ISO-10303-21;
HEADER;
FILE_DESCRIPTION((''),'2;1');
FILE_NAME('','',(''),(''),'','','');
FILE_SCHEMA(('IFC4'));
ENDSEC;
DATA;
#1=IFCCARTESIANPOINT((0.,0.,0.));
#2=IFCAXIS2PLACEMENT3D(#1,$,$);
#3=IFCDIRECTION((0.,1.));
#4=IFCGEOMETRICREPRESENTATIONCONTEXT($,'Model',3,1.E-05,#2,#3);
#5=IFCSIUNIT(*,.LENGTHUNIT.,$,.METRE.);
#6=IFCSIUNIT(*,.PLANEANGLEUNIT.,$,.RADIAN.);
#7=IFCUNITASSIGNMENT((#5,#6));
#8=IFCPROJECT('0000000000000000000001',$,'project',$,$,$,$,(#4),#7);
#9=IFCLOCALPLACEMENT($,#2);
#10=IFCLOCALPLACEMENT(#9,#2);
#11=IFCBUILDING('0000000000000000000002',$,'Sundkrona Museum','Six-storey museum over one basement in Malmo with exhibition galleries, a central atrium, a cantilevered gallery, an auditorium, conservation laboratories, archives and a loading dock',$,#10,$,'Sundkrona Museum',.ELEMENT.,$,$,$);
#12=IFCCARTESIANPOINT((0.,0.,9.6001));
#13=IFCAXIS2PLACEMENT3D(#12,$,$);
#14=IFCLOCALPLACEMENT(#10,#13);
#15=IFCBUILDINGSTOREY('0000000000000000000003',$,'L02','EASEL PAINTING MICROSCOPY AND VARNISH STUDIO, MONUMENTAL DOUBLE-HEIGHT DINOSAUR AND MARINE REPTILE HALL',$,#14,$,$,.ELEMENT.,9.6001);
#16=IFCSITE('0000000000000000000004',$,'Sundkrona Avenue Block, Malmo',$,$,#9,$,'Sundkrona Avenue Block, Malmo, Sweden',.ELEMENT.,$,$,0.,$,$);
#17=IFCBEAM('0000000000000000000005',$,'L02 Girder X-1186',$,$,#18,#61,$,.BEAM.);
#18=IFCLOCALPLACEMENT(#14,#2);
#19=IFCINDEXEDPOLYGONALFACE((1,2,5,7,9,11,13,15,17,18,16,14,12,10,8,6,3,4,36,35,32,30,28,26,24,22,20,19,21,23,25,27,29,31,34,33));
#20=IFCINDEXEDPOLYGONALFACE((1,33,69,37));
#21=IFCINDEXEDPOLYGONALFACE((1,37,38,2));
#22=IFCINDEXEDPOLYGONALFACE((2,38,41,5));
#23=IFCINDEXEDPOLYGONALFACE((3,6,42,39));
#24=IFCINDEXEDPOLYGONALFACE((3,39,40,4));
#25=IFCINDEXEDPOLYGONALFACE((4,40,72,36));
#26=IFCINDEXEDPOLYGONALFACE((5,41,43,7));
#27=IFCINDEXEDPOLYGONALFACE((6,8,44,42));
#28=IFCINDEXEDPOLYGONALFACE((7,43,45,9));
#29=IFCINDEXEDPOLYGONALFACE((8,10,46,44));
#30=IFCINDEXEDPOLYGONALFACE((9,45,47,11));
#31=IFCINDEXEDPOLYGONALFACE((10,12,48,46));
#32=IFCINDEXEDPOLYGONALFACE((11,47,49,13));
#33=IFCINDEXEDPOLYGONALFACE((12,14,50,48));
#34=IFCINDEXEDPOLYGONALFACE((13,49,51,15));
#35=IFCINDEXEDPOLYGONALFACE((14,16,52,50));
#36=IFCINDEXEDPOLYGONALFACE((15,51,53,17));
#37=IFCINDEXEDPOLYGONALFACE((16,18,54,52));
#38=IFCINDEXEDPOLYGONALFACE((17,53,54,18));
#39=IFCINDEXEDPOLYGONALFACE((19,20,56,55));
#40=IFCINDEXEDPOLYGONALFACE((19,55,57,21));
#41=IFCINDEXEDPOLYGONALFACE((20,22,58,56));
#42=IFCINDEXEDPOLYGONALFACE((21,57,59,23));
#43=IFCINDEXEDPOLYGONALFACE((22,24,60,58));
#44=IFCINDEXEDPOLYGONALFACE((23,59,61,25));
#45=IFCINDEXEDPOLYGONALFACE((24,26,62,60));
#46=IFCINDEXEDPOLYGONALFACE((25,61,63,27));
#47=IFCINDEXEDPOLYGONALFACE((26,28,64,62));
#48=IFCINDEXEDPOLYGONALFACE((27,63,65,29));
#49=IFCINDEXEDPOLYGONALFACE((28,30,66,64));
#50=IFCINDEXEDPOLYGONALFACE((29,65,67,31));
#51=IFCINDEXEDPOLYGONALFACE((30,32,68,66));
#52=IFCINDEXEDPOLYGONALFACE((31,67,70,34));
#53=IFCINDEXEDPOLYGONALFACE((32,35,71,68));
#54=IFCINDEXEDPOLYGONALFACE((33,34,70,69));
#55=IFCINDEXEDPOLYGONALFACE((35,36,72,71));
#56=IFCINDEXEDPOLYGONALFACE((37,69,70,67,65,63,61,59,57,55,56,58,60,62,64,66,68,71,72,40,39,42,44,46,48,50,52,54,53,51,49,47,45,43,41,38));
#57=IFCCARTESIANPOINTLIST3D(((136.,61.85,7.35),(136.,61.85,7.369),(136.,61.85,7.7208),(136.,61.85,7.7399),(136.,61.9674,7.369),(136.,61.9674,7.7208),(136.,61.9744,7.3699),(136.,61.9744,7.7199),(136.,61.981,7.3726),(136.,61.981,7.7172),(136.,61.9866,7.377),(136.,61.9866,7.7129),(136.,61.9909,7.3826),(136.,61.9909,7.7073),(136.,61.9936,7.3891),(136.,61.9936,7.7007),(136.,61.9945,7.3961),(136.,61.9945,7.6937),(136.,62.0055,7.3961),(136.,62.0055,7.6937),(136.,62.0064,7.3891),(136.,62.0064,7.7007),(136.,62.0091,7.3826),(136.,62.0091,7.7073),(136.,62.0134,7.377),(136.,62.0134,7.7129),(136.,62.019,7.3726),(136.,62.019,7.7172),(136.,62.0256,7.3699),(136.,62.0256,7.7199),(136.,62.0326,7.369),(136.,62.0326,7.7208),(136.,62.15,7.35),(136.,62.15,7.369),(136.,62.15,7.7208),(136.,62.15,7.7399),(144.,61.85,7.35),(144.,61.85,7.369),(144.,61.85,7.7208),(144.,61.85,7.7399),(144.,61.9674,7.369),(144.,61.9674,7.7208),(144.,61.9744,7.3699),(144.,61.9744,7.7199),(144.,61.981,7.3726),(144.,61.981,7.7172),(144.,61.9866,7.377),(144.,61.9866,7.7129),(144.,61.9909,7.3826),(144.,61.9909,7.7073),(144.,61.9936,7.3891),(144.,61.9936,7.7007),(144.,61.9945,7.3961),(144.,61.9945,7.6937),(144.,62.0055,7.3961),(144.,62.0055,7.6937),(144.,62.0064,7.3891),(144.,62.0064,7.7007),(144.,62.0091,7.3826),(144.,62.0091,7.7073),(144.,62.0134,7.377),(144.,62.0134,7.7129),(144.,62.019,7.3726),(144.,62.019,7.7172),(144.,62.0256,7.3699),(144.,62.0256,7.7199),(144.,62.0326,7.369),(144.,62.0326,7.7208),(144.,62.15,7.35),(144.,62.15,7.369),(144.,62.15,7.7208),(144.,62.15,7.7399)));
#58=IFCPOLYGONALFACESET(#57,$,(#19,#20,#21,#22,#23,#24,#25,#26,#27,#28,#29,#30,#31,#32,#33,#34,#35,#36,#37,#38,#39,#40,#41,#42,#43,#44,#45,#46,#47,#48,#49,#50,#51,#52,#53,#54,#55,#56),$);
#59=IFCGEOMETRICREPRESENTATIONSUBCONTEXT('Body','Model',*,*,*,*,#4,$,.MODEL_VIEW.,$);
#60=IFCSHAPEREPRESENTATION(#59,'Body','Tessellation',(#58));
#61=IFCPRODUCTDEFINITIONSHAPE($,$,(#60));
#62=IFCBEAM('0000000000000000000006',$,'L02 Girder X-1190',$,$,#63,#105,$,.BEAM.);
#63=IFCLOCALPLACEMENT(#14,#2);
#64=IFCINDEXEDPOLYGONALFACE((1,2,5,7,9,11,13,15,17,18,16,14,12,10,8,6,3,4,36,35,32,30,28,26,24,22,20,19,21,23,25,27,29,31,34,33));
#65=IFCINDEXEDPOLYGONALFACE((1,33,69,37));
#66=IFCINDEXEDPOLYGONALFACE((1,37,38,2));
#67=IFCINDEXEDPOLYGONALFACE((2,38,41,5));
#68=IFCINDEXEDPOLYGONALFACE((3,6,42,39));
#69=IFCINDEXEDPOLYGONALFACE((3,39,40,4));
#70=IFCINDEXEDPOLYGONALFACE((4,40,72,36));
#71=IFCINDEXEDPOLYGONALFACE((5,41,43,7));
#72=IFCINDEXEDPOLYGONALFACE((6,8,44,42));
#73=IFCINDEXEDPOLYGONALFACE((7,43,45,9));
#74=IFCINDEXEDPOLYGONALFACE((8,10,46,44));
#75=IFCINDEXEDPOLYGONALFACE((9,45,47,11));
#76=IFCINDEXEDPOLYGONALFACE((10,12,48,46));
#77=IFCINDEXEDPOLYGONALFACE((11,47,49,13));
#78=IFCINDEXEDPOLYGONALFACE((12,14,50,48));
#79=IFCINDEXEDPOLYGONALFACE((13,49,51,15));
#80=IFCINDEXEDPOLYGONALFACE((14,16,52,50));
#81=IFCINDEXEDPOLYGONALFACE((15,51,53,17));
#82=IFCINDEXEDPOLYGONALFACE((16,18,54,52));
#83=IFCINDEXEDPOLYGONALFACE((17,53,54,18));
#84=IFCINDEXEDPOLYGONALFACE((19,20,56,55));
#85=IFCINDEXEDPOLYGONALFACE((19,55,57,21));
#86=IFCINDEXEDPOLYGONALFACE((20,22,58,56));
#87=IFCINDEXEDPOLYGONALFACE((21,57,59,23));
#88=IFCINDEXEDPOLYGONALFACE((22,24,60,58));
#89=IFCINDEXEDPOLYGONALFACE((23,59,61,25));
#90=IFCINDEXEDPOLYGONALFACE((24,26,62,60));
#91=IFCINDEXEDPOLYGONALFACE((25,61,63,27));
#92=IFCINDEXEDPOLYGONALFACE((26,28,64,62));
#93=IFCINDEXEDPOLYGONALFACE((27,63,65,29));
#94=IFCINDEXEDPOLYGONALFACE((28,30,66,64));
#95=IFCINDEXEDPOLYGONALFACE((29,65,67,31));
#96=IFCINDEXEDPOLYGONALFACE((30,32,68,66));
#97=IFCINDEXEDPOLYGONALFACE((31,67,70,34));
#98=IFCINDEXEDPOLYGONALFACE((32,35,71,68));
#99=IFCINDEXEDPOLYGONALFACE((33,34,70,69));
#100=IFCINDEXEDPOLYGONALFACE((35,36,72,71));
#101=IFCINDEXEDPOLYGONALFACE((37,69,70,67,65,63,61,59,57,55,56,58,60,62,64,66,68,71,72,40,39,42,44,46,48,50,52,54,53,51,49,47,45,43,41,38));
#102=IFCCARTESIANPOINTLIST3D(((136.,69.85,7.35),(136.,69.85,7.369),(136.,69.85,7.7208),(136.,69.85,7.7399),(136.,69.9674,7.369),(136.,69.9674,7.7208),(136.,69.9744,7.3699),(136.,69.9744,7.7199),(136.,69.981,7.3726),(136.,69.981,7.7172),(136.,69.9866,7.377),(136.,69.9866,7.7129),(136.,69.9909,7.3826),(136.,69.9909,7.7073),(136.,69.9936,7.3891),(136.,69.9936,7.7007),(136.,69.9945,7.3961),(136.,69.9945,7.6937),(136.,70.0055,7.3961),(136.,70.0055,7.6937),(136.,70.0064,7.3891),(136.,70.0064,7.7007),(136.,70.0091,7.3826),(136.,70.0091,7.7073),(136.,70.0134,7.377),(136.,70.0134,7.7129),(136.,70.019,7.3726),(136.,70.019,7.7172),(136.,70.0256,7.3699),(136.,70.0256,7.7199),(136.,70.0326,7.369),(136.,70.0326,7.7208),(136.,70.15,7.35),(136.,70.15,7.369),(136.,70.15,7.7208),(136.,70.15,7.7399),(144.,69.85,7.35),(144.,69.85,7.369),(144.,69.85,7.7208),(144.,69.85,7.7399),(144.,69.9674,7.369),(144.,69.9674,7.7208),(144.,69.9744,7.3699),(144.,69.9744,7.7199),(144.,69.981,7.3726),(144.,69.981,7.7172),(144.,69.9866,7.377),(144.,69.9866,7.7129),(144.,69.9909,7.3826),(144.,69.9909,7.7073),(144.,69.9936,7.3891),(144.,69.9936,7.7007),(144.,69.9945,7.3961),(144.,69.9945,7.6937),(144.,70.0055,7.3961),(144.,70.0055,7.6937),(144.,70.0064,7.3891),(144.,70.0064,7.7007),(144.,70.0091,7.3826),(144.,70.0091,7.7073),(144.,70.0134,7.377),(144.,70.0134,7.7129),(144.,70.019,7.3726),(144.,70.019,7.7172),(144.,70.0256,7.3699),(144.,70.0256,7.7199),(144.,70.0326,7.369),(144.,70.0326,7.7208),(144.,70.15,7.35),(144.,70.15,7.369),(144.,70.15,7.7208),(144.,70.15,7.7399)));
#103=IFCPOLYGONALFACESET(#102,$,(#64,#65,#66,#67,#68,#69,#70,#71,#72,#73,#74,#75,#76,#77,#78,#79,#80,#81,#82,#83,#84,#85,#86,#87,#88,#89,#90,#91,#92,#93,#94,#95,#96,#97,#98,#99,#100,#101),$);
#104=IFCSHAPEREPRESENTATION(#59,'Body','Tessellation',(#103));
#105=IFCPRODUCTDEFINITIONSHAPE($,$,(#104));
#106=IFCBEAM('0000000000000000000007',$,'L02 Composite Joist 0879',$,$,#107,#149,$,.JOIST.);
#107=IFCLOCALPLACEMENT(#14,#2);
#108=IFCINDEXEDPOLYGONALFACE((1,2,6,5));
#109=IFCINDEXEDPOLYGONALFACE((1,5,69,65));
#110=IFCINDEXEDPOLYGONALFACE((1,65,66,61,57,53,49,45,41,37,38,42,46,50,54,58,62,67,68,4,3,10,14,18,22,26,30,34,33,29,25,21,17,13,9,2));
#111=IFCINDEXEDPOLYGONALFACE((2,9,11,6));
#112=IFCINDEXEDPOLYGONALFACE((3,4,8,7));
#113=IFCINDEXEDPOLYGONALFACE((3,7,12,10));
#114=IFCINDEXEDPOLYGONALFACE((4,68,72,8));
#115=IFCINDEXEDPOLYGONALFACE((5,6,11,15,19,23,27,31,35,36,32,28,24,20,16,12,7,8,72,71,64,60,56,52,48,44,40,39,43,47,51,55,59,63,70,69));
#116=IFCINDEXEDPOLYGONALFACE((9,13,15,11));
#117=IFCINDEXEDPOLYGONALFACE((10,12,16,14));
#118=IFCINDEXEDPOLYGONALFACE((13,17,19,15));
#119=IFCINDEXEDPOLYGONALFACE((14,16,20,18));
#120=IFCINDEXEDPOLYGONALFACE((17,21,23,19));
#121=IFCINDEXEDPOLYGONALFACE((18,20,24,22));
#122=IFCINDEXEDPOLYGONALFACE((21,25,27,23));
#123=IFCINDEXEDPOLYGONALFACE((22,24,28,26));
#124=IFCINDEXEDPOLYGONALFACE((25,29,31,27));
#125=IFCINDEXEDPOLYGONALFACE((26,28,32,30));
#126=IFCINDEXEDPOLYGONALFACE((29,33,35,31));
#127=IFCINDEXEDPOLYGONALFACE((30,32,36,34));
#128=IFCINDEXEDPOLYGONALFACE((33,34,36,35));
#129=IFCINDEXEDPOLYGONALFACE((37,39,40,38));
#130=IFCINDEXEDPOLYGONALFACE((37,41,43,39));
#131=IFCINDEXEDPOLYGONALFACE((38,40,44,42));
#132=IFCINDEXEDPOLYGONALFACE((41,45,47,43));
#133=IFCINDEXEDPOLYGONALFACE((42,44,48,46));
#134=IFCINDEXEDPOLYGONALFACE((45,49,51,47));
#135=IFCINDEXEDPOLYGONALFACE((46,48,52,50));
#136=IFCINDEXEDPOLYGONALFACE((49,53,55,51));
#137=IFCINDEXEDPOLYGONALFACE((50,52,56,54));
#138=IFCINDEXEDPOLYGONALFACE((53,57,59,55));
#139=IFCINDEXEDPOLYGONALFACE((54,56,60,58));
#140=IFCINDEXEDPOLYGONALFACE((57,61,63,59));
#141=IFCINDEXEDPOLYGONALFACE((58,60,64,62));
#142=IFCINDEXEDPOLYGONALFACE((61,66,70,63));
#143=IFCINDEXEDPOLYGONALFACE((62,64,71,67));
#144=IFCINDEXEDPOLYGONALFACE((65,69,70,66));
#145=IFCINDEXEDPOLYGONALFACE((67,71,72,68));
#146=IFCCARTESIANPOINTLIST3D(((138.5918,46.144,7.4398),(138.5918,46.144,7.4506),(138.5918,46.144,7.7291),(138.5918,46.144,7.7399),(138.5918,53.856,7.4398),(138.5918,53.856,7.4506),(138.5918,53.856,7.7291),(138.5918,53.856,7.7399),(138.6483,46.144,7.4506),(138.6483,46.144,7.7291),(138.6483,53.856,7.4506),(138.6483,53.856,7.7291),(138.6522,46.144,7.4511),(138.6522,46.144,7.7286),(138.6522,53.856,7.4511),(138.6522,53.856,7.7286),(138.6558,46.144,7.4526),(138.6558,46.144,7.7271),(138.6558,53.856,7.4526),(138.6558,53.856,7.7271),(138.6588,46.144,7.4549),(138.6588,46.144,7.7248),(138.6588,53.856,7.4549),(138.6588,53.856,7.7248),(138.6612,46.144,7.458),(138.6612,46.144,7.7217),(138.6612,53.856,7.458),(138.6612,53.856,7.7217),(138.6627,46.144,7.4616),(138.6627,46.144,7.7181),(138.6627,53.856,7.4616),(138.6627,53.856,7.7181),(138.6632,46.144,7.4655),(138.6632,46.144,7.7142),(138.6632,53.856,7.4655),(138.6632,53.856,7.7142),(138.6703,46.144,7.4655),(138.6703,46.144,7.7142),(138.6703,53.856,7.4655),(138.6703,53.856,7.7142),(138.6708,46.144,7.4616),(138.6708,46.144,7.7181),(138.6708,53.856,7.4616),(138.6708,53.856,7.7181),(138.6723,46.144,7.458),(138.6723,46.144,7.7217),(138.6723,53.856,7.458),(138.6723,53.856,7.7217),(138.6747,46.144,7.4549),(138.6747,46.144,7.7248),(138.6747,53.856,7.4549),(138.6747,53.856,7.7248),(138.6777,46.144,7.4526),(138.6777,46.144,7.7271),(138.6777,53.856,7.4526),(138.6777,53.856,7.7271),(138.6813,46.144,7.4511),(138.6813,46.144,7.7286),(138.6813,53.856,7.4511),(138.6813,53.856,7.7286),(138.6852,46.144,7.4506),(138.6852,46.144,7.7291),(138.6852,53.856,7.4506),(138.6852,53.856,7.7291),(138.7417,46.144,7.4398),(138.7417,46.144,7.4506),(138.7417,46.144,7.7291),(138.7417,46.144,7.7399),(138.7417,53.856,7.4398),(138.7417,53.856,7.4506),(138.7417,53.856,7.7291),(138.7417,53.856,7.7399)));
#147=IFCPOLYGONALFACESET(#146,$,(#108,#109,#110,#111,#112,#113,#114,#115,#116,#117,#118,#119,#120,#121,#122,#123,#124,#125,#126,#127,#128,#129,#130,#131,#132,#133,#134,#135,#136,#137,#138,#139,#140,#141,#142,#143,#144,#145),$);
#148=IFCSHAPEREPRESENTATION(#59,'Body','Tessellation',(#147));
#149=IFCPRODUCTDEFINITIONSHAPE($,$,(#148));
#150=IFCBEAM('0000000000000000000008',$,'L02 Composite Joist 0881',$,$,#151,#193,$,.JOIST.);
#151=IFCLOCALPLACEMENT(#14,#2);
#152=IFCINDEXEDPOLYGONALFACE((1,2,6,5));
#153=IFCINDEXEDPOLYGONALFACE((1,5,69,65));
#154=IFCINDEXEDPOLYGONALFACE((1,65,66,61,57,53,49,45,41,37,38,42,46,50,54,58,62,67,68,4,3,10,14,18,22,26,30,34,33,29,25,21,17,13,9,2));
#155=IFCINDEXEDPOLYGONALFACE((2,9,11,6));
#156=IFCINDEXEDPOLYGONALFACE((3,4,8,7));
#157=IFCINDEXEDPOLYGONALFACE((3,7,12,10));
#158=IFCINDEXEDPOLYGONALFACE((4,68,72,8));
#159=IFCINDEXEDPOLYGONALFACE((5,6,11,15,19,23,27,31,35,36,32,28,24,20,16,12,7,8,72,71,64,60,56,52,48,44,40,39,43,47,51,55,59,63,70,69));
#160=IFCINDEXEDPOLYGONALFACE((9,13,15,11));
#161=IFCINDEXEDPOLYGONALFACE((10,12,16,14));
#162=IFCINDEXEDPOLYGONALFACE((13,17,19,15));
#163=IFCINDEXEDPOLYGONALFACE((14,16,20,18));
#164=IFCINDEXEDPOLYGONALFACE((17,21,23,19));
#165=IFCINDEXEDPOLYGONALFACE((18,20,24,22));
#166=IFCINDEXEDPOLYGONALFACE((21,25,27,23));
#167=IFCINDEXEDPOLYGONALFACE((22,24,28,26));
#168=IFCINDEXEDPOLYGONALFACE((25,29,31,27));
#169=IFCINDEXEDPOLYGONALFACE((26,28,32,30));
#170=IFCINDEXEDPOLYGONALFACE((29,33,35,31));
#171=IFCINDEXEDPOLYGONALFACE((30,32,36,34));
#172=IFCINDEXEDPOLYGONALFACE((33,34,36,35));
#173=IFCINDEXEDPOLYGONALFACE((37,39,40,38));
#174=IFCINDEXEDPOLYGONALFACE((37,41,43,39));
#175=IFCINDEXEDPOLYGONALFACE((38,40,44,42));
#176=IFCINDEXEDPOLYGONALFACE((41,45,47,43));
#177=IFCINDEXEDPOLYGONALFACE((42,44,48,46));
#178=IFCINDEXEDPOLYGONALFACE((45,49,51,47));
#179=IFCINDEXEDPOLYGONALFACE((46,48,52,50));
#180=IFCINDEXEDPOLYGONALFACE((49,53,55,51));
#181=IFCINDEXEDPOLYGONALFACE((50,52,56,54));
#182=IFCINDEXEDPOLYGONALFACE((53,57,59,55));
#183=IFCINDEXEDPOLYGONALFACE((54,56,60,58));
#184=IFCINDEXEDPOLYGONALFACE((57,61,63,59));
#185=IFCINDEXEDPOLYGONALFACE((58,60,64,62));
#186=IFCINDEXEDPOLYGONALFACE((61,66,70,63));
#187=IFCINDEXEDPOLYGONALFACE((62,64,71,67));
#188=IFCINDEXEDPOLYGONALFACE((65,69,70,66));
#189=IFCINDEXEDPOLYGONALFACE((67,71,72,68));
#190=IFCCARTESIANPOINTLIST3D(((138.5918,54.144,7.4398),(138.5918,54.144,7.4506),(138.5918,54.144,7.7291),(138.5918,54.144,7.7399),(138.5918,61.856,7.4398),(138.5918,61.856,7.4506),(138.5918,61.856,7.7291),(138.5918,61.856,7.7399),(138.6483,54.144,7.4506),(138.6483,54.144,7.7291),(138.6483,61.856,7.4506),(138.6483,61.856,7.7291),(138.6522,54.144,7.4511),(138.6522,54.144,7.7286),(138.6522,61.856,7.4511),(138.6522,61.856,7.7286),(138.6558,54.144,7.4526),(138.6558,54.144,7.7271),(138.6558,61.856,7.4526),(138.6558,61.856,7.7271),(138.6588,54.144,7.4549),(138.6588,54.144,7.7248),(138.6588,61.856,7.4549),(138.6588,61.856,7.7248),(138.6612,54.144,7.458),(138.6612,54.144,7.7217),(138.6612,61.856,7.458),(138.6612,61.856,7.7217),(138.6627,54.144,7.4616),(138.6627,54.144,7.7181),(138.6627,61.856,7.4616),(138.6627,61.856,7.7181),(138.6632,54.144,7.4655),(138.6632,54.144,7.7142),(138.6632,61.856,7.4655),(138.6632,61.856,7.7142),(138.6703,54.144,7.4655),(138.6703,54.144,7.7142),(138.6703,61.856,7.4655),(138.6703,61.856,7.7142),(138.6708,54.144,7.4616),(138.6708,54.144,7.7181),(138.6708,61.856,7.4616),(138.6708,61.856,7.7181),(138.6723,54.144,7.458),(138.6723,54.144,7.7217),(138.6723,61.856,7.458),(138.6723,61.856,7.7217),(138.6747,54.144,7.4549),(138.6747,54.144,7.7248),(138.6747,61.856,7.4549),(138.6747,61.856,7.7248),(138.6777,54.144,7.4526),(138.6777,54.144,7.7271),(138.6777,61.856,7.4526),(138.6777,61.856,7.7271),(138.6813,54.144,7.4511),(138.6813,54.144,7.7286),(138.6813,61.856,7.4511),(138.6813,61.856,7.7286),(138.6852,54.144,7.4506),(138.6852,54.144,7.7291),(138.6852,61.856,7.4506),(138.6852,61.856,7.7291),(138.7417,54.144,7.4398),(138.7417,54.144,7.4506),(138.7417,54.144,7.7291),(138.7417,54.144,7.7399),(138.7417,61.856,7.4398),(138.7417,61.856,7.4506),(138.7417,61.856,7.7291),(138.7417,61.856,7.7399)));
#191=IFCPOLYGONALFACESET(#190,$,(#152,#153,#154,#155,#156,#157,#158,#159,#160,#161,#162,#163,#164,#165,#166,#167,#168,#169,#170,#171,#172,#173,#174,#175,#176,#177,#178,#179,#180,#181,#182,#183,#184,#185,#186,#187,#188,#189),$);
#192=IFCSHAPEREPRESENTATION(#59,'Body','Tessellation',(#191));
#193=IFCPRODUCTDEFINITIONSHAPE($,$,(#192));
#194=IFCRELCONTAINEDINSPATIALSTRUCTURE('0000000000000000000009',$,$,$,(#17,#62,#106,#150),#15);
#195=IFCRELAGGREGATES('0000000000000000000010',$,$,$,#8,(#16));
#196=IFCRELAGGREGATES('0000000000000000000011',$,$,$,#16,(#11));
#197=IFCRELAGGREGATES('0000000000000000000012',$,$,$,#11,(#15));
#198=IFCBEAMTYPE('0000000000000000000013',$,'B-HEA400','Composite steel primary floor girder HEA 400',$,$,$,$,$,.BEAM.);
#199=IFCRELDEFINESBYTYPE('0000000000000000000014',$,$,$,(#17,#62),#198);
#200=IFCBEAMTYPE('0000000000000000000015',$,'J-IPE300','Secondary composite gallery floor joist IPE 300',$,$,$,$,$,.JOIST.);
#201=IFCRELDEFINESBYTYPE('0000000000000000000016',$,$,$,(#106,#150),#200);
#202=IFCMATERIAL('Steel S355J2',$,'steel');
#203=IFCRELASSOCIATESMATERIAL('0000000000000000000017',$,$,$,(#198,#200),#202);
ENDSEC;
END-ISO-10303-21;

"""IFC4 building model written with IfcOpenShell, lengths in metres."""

from ifc_helpers import new_model, si_unit, direction, frame, origin, origin_2d, place, context, subcontext, project, spatial, i_section, extrude, material, material_profile, profile_set, type_object, element, save


model = new_model("IFC4")

# Units and contexts
model_context = context("Model", 3, precision=1e-05, world=origin(), true_north=direction((0.0, 1.0)))
body_context = subcontext(model_context, "Body", "Model", "MODEL_VIEW")
ifc_project = project(units=[si_unit("LENGTHUNIT", "METRE"), si_unit("PLANEANGLEUNIT", "RADIAN")], contexts=[model_context])

# Site, building, storey
site_placement = place(None, origin())
site = spatial("IfcSite", under=ifc_project, at=site_placement, Name="Sundkrona Avenue Block, Malmo", LongName="Sundkrona Avenue Block, Malmo, Sweden", CompositionType="ELEMENT", RefElevation=0.0)
building_placement = place(site_placement, origin())
building = spatial("IfcBuilding", under=site, at=building_placement, Name="Sundkrona Museum", Description="Six-storey museum over one basement in Malmo with exhibition galleries, a central atrium, a cantilevered gallery, an auditorium, conservation laboratories, archives and a loading dock", LongName="Sundkrona Museum", CompositionType="ELEMENT")
storey_placement = place(building_placement, frame((0.0, 0.0, 9.6001)))
storey = spatial("IfcBuildingStorey", under=building, at=storey_placement, Name="L02", Description="EASEL PAINTING MICROSCOPY AND VARNISH STUDIO, MONUMENTAL DOUBLE-HEIGHT DINOSAUR AND MARINE REPTILE HALL", CompositionType="ELEMENT", Elevation=9.6001)

# Shared definitions
ifc_material_1 = material(Name="Steel S355J2", Category="steel")

# Beams
ifc_material_profile_1 = material_profile(ifc_material_1, i_section(OverallWidth=0.3, OverallDepth=0.3899, WebThickness=0.011, FlangeThickness=0.019, FilletRadius=0.0271, at=origin_2d()), Name="HEA 400")
ifc_profile_set_1 = profile_set([ifc_material_profile_1], Name="Steel S355J2")
beam_type_1 = type_object("IfcBeamType", Name="B-HEA400", Description="Composite steel primary floor girder HEA 400", PredefinedType="BEAM", material=ifc_profile_set_1)
for number, where, z_axis, x_axis, name in (
    (1, (136.0, 62.0, 7.5449), (1.0, 0.0, 0.0), (0.0, 1.0, 0.0), "L02 Girder X-1186"),
    (2, (136.0, 70.0, 7.5449), (1.0, 0.0, 0.0), (0.0, 1.0, 0.0), "L02 Girder X-1190"),
):
    element("IfcBeam", number, at=place(storey_placement, frame(where, z_axis=z_axis, x_axis=x_axis)), inside=storey, type_object=beam_type_1, Name=name, PredefinedType="BEAM", context=body_context, shape_type="SweptSolid", body=[
        extrude(i_section(OverallWidth=0.3, OverallDepth=0.3899, WebThickness=0.011, FlangeThickness=0.019, FilletRadius=0.0271, at=origin_2d()), origin(), (0.0, 0.0, 1.0), 8.0),
    ])
ifc_material_profile_2 = material_profile(ifc_material_1, i_section(OverallWidth=0.1499, OverallDepth=0.3, WebThickness=0.0071, FlangeThickness=0.0107, FilletRadius=0.0149, at=origin_2d()), Name="IPE 300")
ifc_profile_set_2 = profile_set([ifc_material_profile_2], Name="Steel S355J2")
beam_type_2 = type_object("IfcBeamType", Name="J-IPE300", Description="Secondary composite gallery floor joist IPE 300", PredefinedType="JOIST", material=ifc_profile_set_2)
for number, where, z_axis, x_axis, name in (
    (3, (138.6667, 46.144, 7.5898), (0.0, 1.0, 0.0), (-1.0, 0.0, 0.0), "L02 Composite Joist 0879"),
    (4, (138.6667, 54.144, 7.5898), (0.0, 1.0, 0.0), (-1.0, 0.0, 0.0), "L02 Composite Joist 0881"),
):
    element("IfcBeam", number, at=place(storey_placement, frame(where, z_axis=z_axis, x_axis=x_axis)), inside=storey, type_object=beam_type_2, Name=name, PredefinedType="JOIST", context=body_context, shape_type="SweptSolid", body=[
        extrude(i_section(OverallWidth=0.1499, OverallDepth=0.3, WebThickness=0.0071, FlangeThickness=0.0107, FilletRadius=0.0149, at=origin_2d()), origin(), (0.0, 0.0, 1.0), 7.7119),
    ])

save(model, "model.ifc")
